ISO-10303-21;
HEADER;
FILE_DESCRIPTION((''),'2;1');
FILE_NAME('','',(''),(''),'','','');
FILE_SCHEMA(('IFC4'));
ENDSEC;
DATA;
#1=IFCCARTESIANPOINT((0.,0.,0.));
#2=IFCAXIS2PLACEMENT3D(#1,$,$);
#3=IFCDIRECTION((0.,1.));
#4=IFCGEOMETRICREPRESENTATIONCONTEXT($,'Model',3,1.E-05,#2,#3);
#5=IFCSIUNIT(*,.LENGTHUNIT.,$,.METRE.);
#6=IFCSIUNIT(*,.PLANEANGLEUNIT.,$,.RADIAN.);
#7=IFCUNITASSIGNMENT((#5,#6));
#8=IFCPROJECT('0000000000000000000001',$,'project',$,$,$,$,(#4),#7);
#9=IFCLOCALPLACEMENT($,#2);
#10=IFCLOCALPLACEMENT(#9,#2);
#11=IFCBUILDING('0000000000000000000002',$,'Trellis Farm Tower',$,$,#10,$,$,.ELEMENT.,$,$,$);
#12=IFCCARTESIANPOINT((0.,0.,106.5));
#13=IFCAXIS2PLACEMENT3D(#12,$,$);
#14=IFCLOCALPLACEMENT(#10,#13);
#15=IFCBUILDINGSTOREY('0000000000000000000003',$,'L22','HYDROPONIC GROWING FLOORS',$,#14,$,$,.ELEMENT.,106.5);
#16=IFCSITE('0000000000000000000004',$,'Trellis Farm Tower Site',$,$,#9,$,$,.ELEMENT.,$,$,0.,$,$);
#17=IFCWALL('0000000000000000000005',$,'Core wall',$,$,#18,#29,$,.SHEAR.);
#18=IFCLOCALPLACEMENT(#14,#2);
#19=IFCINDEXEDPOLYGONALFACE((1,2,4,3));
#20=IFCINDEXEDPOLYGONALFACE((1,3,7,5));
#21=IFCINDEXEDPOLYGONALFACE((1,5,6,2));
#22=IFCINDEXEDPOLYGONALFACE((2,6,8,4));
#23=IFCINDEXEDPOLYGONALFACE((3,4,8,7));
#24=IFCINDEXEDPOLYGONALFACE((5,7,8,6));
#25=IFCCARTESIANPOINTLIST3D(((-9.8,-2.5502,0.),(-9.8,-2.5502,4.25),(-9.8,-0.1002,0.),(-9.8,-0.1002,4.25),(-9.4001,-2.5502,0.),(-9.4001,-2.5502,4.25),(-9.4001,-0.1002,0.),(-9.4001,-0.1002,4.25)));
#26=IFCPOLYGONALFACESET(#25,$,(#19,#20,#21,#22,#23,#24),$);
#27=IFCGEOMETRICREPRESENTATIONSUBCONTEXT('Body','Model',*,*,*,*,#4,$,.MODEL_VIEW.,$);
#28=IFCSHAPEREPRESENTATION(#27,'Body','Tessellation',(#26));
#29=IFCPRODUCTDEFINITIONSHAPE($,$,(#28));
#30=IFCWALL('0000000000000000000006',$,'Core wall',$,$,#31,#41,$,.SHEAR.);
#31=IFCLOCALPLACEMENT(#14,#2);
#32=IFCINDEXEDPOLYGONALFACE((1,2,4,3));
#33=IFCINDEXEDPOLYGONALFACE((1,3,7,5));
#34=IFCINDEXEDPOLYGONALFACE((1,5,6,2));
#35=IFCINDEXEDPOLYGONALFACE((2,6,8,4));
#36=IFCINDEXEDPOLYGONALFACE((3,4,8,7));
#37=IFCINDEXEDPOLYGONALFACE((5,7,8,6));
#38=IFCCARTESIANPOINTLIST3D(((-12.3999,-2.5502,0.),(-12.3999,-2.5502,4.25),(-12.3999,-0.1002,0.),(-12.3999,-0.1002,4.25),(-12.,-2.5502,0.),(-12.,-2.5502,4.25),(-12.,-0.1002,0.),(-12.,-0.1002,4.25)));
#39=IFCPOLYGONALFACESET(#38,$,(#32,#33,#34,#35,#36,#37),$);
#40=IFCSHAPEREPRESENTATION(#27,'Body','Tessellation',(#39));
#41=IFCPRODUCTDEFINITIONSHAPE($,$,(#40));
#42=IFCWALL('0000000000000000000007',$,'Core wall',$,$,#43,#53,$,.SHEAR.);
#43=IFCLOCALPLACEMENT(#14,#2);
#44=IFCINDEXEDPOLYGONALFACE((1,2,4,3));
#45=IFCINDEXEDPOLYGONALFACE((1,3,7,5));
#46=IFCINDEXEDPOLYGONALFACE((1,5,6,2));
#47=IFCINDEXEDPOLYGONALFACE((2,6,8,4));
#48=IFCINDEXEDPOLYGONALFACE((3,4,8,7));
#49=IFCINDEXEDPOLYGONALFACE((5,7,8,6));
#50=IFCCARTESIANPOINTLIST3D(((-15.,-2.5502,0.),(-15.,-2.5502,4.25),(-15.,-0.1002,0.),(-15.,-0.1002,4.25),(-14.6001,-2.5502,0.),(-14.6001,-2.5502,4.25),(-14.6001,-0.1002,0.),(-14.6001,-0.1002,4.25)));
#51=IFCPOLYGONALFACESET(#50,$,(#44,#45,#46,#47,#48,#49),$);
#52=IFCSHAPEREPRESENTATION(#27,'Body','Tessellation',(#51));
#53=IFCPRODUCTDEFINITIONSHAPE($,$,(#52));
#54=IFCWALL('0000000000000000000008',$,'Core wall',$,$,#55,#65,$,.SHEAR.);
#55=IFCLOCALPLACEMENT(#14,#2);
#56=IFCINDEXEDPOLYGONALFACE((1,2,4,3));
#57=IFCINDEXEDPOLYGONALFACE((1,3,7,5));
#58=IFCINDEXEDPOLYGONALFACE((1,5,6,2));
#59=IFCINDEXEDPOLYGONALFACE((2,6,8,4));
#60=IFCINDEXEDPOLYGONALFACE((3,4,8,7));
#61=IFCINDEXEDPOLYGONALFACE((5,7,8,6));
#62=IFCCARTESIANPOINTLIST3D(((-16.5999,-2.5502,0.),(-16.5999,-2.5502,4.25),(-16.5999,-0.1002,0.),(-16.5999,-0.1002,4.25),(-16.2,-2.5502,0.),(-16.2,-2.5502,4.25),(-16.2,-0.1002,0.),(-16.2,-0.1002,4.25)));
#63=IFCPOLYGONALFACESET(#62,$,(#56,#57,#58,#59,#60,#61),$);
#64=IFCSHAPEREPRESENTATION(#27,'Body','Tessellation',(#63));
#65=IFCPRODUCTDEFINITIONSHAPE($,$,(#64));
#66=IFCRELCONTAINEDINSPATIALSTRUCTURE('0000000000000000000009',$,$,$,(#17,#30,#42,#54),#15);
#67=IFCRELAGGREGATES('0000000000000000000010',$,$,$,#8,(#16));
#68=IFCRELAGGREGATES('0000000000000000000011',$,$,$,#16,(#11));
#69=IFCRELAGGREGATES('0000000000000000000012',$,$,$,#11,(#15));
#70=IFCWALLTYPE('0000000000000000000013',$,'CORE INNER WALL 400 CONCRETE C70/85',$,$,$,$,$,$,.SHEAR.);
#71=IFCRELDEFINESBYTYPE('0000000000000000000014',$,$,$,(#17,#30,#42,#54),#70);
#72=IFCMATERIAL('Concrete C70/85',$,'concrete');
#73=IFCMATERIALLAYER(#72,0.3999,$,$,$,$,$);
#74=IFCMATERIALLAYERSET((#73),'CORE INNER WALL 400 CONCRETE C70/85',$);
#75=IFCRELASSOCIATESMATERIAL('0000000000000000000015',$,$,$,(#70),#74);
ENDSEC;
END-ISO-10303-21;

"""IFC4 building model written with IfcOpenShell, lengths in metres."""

from ifc_helpers import new_model, si_unit, direction, frame, frame_2d, origin, place, context, subcontext, project, spatial, rectangle, extrude, source, transform, mapped, material, layer, layer_set, type_object, element, save


model = new_model("IFC4")

# Units and contexts
model_context = context("Model", 3, precision=1e-05, world=origin(), true_north=direction((0.0, 1.0)))
body_context = subcontext(model_context, "Body", "Model", "MODEL_VIEW")
ifc_project = project(units=[si_unit("LENGTHUNIT", "METRE"), si_unit("PLANEANGLEUNIT", "RADIAN")], contexts=[model_context])

# Site, building, storey
site_placement = place(None, origin())
site = spatial("IfcSite", under=ifc_project, at=site_placement, Name="Trellis Farm Tower Site", CompositionType="ELEMENT", RefElevation=0.0)
building_placement = place(site_placement, origin())
building = spatial("IfcBuilding", under=site, at=building_placement, Name="Trellis Farm Tower", CompositionType="ELEMENT")
storey_placement = place(building_placement, frame((0.0, 0.0, 106.5)))
storey = spatial("IfcBuildingStorey", under=building, at=storey_placement, Name="L22", Description="HYDROPONIC GROWING FLOORS", CompositionType="ELEMENT", Elevation=106.5)

# Walls
ifc_material_1 = material(Name="Concrete C70/85", Category="concrete")
ifc_layer_1 = layer(ifc_material_1, 0.3999)
ifc_layer_set_1 = layer_set([ifc_layer_1], Name="CORE INNER WALL 400 CONCRETE C70/85")
wall_type_1 = type_object("IfcWallType", Name="CORE INNER WALL 400 CONCRETE C70/85", PredefinedType="SHEAR", material=ifc_layer_set_1)
shared_shape_1 = source(origin(), body_context, "Body", "SweptSolid", [
    extrude(rectangle(XDim=2.45, YDim=0.3999, at=frame_2d((1.2251, 0.0))), origin(), (0.0, 0.0, 1.0), 4.25),
])
for number, where, z_axis, x_axis, name in (
    (1, (-9.6001, -0.1001, 0.0), (0.0, 0.0, 1.0), (0.0, -1.0, 0.0), "Core wall"),
    (2, (-12.2, -0.1001, 0.0), (0.0, 0.0, 1.0), (0.0, -1.0, 0.0), "Core wall"),
    (3, (-14.8, -0.1001, 0.0), (0.0, 0.0, 1.0), (0.0, -1.0, 0.0), "Core wall"),
    (4, (-16.3999, -0.1001, 0.0), (0.0, 0.0, 1.0), (0.0, -1.0, 0.0), "Core wall"),
):
    element("IfcWall", number, at=place(storey_placement, frame(where, z_axis=z_axis, x_axis=x_axis)), inside=storey, type_object=wall_type_1, Name=name, PredefinedType="SHEAR", context=body_context, shape_type="MappedRepresentation", body=[
        mapped(shared_shape_1, transform((0.0, 0.0, 0.0))),
    ])

save(model, "model.ifc")
